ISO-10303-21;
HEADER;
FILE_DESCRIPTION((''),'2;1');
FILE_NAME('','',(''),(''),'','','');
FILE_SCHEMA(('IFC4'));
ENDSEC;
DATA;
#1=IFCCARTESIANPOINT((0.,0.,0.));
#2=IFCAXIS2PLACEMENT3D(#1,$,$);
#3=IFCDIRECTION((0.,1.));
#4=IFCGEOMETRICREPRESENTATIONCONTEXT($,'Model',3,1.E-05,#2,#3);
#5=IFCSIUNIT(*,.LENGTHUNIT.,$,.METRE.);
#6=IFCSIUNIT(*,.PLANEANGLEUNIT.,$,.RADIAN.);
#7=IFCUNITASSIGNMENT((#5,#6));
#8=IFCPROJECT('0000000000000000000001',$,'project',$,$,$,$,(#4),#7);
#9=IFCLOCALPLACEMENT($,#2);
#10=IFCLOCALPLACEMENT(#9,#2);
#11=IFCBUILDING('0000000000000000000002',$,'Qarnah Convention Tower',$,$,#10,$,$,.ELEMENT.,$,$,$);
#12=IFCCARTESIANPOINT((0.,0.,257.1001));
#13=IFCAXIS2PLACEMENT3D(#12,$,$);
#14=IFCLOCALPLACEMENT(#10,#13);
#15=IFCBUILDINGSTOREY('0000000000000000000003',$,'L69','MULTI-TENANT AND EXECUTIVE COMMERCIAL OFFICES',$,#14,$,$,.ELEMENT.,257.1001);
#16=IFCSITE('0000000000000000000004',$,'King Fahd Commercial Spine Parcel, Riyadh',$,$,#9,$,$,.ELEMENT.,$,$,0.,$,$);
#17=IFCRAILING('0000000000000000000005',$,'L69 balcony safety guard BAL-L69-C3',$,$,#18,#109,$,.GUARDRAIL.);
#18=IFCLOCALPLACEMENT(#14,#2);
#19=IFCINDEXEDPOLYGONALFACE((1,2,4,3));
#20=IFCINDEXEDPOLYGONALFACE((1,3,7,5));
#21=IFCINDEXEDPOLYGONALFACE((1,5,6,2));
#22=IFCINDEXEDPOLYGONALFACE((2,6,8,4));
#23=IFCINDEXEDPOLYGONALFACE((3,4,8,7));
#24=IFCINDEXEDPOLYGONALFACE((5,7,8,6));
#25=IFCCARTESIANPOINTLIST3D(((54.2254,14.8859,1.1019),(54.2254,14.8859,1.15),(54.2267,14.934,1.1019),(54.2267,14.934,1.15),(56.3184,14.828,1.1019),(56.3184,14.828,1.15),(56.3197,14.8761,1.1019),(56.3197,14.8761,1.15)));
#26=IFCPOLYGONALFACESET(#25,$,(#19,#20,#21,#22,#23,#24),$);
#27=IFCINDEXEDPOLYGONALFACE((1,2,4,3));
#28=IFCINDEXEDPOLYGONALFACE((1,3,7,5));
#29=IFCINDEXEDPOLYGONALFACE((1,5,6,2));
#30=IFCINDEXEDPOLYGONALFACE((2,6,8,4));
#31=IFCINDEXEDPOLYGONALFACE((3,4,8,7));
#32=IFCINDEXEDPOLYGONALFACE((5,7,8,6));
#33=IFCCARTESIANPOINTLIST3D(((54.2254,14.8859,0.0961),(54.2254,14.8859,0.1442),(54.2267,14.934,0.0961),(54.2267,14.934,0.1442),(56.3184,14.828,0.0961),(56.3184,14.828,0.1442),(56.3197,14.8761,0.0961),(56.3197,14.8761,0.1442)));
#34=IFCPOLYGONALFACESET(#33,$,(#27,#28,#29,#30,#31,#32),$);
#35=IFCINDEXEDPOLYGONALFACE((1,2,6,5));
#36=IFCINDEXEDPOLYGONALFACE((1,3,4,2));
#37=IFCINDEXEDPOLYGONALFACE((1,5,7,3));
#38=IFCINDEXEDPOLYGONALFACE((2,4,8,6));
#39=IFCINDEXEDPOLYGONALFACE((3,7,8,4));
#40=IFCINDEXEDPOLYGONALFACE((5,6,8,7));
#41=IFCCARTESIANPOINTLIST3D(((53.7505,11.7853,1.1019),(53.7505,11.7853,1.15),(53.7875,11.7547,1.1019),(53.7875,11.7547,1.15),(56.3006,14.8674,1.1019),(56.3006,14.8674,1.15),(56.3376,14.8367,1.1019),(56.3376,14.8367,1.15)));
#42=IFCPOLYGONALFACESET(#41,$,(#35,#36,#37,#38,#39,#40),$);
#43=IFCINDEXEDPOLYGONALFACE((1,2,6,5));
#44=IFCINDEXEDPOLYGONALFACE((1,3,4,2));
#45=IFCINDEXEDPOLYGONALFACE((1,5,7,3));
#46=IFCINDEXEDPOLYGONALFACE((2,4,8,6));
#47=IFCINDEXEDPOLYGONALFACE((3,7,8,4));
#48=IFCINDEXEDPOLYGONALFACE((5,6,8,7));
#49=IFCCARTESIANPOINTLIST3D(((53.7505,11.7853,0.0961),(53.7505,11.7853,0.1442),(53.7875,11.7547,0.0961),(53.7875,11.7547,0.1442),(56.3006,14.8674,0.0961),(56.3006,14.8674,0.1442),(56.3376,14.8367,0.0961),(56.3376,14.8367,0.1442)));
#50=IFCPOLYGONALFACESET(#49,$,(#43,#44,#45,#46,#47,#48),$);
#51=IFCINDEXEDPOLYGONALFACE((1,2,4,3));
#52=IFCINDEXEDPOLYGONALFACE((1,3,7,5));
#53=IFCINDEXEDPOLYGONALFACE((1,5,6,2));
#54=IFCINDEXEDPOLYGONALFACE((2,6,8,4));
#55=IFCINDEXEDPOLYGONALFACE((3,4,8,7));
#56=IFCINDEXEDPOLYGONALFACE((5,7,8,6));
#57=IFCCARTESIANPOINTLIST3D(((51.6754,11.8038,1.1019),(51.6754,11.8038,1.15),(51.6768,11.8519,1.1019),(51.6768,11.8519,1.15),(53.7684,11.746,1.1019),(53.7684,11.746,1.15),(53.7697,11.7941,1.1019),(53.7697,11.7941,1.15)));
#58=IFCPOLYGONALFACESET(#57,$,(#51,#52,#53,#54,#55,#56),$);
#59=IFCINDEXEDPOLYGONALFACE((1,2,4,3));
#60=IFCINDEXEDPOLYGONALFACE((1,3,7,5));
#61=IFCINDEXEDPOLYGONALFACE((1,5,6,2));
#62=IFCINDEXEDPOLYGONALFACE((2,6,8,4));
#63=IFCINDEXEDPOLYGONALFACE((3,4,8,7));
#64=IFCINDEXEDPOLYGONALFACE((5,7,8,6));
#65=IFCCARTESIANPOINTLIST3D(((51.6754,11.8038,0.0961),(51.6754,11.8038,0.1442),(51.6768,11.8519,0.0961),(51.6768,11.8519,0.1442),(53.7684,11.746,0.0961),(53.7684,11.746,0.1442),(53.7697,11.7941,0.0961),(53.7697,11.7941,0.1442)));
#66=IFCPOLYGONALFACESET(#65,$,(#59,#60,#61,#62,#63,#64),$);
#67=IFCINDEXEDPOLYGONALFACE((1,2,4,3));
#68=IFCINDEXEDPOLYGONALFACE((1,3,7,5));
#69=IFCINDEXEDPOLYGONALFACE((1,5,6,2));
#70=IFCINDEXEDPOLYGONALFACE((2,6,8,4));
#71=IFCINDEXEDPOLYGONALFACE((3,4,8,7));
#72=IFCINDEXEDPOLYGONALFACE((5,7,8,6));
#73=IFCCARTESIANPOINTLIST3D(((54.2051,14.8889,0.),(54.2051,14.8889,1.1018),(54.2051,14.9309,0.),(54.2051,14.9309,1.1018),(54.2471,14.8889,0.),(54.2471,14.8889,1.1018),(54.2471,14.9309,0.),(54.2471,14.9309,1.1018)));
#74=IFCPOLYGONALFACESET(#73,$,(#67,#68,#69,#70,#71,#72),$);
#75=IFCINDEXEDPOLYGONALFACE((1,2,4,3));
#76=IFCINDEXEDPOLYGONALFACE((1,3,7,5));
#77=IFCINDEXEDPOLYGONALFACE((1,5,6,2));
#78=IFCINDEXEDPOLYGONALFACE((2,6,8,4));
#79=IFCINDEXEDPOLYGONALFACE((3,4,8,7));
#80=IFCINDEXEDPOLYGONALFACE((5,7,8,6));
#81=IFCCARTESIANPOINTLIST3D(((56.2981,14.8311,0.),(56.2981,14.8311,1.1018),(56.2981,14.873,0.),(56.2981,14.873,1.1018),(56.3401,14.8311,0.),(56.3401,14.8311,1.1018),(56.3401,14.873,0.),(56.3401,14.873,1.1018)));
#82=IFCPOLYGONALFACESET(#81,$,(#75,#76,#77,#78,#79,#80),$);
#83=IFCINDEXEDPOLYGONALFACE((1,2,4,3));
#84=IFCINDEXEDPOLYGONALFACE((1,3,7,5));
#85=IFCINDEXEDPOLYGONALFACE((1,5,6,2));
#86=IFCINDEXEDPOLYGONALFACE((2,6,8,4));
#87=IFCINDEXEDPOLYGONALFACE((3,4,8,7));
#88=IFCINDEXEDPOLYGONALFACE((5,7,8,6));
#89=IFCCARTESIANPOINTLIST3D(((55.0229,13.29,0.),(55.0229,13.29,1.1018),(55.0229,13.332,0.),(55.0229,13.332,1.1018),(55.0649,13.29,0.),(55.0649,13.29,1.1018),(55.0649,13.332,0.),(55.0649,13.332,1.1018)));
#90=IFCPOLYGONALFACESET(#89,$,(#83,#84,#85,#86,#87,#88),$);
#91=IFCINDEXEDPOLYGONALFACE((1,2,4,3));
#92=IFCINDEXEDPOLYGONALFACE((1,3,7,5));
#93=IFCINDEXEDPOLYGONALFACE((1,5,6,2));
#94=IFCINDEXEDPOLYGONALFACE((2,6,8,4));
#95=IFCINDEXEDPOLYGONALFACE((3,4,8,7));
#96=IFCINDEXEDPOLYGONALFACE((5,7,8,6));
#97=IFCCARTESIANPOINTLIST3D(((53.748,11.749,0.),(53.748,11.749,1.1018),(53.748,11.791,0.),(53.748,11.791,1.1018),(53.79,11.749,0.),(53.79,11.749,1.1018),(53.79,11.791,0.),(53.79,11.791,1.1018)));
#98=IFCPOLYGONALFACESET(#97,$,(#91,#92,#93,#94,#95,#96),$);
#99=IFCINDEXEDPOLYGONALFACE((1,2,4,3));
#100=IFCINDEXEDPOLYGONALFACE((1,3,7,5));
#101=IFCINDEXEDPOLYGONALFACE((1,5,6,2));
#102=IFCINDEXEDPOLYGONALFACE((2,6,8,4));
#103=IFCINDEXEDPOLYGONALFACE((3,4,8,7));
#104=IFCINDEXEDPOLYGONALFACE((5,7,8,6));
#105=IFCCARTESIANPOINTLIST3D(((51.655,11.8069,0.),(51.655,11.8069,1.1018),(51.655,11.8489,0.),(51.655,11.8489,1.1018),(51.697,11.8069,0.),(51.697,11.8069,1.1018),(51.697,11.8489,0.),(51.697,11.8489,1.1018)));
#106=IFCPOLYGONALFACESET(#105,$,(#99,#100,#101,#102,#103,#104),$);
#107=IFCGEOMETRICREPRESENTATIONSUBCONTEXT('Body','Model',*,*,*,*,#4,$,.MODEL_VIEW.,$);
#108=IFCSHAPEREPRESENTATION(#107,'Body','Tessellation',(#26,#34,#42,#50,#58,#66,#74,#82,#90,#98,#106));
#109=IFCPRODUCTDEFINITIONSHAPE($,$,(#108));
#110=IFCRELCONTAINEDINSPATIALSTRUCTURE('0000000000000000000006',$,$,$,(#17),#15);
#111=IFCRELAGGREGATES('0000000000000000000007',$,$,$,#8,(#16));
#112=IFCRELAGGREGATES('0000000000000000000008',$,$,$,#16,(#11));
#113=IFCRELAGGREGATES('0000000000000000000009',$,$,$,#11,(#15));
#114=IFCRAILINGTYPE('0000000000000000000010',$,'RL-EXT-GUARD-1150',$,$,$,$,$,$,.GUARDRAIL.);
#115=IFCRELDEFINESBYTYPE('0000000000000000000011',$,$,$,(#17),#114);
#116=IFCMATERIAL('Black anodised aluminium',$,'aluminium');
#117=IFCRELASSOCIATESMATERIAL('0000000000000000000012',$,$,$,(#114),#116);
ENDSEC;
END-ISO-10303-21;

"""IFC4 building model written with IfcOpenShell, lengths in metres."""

from ifc_helpers import new_model, si_unit, direction, frame, origin, origin_2d, place, context, subcontext, project, spatial, rectangle, extrude, material, type_object, element, save


model = new_model("IFC4")

# Units and contexts
model_context = context("Model", 3, precision=1e-05, world=origin(), true_north=direction((0.0, 1.0)))
body_context = subcontext(model_context, "Body", "Model", "MODEL_VIEW")
ifc_project = project(units=[si_unit("LENGTHUNIT", "METRE"), si_unit("PLANEANGLEUNIT", "RADIAN")], contexts=[model_context])

# Site, building, storey
site_placement = place(None, origin())
site = spatial("IfcSite", under=ifc_project, at=site_placement, Name="King Fahd Commercial Spine Parcel, Riyadh", CompositionType="ELEMENT", RefElevation=0.0)
building_placement = place(site_placement, origin())
building = spatial("IfcBuilding", under=site, at=building_placement, Name="Qarnah Convention Tower", CompositionType="ELEMENT")
storey_placement = place(building_placement, frame((0.0, 0.0, 257.1001)))
storey = spatial("IfcBuildingStorey", under=building, at=storey_placement, Name="L69", Description="MULTI-TENANT AND EXECUTIVE COMMERCIAL OFFICES", CompositionType="ELEMENT", Elevation=257.1001)

# Shared definitions
ifc_material_1 = material(Name="Black anodised aluminium", Category="aluminium")

# Railing
railing_type = type_object("IfcRailingType", Name="RL-EXT-GUARD-1150", PredefinedType="GUARDRAIL", material=ifc_material_1)
railing_1_placement = place(storey_placement, frame((54.2261, 14.9099, 0.0)))
element("IfcRailing", 1, at=railing_1_placement, inside=storey, type_object=railing_type, Name="L69 balcony safety guard BAL-L69-C3", PredefinedType="GUARDRAIL", context=body_context, shape_type="SweptSolid", body=[
    extrude(rectangle(XDim=0.0481, YDim=0.0481, at=origin_2d()), frame((0.0, 0.0, 1.126), z_axis=(0.999618, -0.027634, 0.0), x_axis=(0.027634, 0.999618, 0.0)), (0.0, 0.0, 1.0), 2.0938),
    extrude(rectangle(XDim=0.0481, YDim=0.0481, at=origin_2d()), frame((0.0, 0.0, 0.1201), z_axis=(0.999618, -0.027634, 0.0), x_axis=(0.027634, 0.999618, 0.0)), (0.0, 0.0, 1.0), 2.0938),
    extrude(rectangle(XDim=0.0481, YDim=0.0481, at=origin_2d()), frame((2.093, -0.0579, 1.126), z_axis=(-0.637479, -0.770468, 0.0), x_axis=(0.770468, -0.637479, 0.0)), (0.0, 0.0, 1.0), 4.0002),
    extrude(rectangle(XDim=0.0481, YDim=0.0481, at=origin_2d()), frame((2.093, -0.0579, 0.1201), z_axis=(-0.637479, -0.770468, 0.0), x_axis=(0.770468, -0.637479, 0.0)), (0.0, 0.0, 1.0), 4.0002),
    extrude(rectangle(XDim=0.0481, YDim=0.0481, at=origin_2d()), frame((-0.457, -3.1399, 1.126), z_axis=(-0.999618, 0.027634, 0.0), x_axis=(-0.027634, -0.999618, 0.0)), (0.0, 0.0, 1.0), 2.0938),
    extrude(rectangle(XDim=0.0481, YDim=0.0481, at=origin_2d()), frame((-0.457, -3.1399, 0.1201), z_axis=(-0.999618, 0.027634, 0.0), x_axis=(-0.027634, -0.999618, 0.0)), (0.0, 0.0, 1.0), 2.0938),
    extrude(rectangle(XDim=0.042, YDim=0.042, at=origin_2d()), origin(), (0.0, 0.0, 1.0), 1.1018),
    extrude(rectangle(XDim=0.042, YDim=0.042, at=origin_2d()), frame((2.093, -0.0579, 0.0)), (0.0, 0.0, 1.0), 1.1018),
    extrude(rectangle(XDim=0.042, YDim=0.042, at=origin_2d()), frame((0.8179, -1.5989, 0.0)), (0.0, 0.0, 1.0), 1.1018),
    extrude(rectangle(XDim=0.042, YDim=0.042, at=origin_2d()), frame((-0.457, -3.1399, 0.0)), (0.0, 0.0, 1.0), 1.1018),
    extrude(rectangle(XDim=0.042, YDim=0.042, at=origin_2d()), frame((-2.55, -3.082, 0.0)), (0.0, 0.0, 1.0), 1.1018),
])

save(model, "model.ifc")
